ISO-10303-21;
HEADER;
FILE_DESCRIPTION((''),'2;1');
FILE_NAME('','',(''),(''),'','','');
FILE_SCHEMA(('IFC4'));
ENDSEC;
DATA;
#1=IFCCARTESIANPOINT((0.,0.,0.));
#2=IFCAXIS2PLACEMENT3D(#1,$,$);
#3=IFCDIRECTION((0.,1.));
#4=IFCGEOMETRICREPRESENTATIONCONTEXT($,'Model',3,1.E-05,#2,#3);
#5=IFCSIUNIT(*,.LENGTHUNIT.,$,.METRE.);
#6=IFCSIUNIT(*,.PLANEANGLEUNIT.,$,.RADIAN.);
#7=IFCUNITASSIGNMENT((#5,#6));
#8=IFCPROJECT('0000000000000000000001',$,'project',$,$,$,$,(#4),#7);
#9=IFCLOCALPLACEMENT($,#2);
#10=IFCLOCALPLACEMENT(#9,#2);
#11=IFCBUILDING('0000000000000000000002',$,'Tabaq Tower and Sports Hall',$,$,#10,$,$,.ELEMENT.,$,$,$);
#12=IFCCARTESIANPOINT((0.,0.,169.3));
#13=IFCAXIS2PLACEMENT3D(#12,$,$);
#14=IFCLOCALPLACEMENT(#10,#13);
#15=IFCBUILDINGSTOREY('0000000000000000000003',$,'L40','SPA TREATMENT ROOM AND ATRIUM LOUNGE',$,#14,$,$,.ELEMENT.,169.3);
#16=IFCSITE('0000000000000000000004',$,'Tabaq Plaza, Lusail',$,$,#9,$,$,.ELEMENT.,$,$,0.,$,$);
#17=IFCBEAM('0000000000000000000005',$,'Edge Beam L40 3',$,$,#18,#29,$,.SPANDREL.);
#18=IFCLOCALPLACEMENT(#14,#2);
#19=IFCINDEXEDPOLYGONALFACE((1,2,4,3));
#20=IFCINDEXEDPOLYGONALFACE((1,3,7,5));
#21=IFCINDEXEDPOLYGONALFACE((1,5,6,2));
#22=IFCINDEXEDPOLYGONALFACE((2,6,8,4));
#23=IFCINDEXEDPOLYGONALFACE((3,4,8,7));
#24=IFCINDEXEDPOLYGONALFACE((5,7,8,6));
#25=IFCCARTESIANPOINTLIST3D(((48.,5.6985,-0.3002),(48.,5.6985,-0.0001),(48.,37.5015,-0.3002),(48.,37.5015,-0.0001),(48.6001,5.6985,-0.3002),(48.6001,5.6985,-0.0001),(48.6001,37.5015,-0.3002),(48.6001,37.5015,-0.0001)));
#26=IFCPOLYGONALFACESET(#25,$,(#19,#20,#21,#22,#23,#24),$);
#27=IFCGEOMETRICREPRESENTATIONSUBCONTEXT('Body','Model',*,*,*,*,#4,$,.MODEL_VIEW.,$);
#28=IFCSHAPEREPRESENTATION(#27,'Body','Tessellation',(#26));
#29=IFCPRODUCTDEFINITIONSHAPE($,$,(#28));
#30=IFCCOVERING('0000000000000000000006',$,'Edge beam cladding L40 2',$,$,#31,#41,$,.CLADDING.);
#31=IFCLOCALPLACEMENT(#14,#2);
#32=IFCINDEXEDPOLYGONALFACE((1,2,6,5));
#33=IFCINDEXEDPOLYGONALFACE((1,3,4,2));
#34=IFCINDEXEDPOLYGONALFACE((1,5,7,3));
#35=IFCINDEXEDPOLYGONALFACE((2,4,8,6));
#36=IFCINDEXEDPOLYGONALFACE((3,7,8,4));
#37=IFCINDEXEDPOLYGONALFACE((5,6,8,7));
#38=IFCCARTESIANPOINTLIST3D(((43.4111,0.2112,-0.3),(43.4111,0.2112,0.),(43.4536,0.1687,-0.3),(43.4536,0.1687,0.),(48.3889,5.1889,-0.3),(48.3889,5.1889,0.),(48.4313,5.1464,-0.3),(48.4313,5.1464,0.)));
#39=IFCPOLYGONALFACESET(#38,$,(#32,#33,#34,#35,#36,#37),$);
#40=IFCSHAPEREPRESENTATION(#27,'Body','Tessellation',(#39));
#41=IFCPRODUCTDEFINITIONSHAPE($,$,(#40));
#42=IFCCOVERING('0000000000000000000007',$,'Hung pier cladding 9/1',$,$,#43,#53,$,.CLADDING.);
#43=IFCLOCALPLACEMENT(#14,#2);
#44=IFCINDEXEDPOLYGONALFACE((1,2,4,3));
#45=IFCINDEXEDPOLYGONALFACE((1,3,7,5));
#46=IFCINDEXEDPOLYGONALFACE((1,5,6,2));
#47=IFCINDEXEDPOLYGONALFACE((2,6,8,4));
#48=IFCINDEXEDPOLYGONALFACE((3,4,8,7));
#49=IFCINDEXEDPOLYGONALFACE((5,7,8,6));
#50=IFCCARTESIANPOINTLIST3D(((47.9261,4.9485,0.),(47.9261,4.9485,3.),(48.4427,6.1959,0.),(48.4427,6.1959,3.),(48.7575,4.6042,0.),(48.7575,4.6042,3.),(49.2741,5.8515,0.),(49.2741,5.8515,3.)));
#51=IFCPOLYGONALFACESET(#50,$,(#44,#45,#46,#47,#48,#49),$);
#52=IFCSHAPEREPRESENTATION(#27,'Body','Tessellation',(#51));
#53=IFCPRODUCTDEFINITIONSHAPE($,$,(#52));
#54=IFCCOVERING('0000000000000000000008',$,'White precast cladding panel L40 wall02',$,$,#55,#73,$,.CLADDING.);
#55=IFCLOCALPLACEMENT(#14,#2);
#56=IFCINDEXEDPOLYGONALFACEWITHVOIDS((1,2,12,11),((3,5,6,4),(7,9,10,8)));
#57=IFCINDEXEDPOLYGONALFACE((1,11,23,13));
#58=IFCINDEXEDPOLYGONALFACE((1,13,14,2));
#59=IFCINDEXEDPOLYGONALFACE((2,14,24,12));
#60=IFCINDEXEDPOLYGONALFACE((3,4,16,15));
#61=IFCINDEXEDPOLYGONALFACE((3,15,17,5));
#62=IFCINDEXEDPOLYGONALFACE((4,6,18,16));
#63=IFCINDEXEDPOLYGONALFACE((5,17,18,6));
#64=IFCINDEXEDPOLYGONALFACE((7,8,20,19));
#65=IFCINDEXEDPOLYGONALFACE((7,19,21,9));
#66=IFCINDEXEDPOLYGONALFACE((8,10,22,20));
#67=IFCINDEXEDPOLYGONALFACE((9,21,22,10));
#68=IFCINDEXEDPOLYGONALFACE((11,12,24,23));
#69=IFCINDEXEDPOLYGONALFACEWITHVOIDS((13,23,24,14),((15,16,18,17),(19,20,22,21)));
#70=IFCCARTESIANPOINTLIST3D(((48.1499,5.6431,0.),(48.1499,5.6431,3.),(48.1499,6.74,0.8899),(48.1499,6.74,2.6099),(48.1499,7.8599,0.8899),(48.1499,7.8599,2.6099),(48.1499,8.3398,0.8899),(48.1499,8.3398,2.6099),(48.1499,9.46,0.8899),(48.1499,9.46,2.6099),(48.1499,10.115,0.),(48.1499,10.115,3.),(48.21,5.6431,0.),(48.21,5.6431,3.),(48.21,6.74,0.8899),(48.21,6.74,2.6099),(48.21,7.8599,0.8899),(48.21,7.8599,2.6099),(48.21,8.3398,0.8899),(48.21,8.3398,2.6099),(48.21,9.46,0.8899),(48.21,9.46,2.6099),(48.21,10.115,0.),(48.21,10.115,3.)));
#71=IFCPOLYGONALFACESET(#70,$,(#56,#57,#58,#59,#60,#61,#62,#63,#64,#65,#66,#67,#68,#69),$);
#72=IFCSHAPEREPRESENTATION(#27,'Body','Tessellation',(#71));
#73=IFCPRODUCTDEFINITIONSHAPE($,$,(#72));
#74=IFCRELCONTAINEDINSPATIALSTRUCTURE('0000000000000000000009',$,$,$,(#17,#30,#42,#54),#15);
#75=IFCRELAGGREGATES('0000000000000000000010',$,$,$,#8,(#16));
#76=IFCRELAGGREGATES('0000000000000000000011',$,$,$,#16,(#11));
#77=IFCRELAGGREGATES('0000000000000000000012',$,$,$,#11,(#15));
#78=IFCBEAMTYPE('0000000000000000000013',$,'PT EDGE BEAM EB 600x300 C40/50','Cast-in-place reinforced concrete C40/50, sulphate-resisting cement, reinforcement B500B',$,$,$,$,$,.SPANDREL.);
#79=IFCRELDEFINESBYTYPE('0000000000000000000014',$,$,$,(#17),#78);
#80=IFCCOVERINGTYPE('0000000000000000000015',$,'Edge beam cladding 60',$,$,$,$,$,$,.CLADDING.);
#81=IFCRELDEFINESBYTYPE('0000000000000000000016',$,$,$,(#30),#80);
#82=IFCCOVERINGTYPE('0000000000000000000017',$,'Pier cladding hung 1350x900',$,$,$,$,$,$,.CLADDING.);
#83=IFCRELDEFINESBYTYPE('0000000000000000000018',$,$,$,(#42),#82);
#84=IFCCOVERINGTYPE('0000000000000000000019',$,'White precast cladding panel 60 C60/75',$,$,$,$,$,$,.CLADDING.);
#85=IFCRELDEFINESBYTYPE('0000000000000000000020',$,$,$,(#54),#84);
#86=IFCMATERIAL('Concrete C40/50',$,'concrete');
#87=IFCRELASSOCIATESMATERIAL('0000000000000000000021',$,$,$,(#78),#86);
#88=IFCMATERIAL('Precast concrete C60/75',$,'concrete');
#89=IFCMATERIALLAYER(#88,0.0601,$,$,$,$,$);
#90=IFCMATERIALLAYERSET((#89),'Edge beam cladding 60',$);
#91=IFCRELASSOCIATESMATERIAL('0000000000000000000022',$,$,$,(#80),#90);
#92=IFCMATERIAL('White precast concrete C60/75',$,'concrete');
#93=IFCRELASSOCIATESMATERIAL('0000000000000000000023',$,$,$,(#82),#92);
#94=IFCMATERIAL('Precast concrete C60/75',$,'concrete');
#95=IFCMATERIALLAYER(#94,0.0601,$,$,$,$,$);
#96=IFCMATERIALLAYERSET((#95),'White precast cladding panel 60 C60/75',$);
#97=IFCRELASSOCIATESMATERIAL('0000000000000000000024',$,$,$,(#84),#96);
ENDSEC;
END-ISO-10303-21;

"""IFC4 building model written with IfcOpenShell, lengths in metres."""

from ifc_helpers import new_model, si_unit, direction, frame, frame_2d, origin, origin_2d, place, context, subcontext, project, spatial, polyline, rectangle, outline, extrude, material, layer, layer_set, material_profile, profile_set, type_object, element, save


model = new_model("IFC4")

# Units and contexts
model_context = context("Model", 3, precision=1e-05, world=origin(), true_north=direction((0.0, 1.0)))
body_context = subcontext(model_context, "Body", "Model", "MODEL_VIEW")
ifc_project = project(units=[si_unit("LENGTHUNIT", "METRE"), si_unit("PLANEANGLEUNIT", "RADIAN")], contexts=[model_context])

# Site, building, storey
site_placement = place(None, origin())
site = spatial("IfcSite", under=ifc_project, at=site_placement, Name="Tabaq Plaza, Lusail", CompositionType="ELEMENT", RefElevation=0.0)
building_placement = place(site_placement, origin())
building = spatial("IfcBuilding", under=site, at=building_placement, Name="Tabaq Tower and Sports Hall", CompositionType="ELEMENT")
storey_placement = place(building_placement, frame((0.0, 0.0, 169.3)))
storey = spatial("IfcBuildingStorey", under=building, at=storey_placement, Name="L40", Description="SPA TREATMENT ROOM AND ATRIUM LOUNGE", CompositionType="ELEMENT", Elevation=169.3)

# Beam
ifc_material_1 = material(Name="Concrete C40/50", Category="concrete")
ifc_material_profile = material_profile(ifc_material_1, rectangle(XDim=0.6001, YDim=0.3, at=origin_2d()), Name="EB 600x300")
ifc_profile_set = profile_set([ifc_material_profile], Name="Concrete C40/50")
beam_type = type_object("IfcBeamType", Name="PT EDGE BEAM EB 600x300 C40/50", Description="Cast-in-place reinforced concrete C40/50, sulphate-resisting cement, reinforcement B500B", PredefinedType="SPANDREL", material=ifc_profile_set)
beam_placement = place(storey_placement, frame((48.3, 5.6985, -0.1501), z_axis=(0.0, 1.0, 0.0), x_axis=(-1.0, 0.0, 0.0)))
element("IfcBeam", 1, at=beam_placement, inside=storey, type_object=beam_type, Name="Edge Beam L40 3", PredefinedType="SPANDREL", context=body_context, shape_type="SweptSolid", body=[
    extrude(rectangle(XDim=0.6001, YDim=0.3, at=origin_2d()), origin(), (0.0, 0.0, 1.0), 31.803),
])

# Coverings
ifc_material_2 = material(Name="Precast concrete C60/75", Category="concrete")
ifc_layer_1 = layer(ifc_material_2, 0.0601)
ifc_layer_set_1 = layer_set([ifc_layer_1], Name="Edge beam cladding 60")
covering_type_1 = type_object("IfcCoveringType", Name="Edge beam cladding 60", PredefinedType="CLADDING", material=ifc_layer_set_1)
covering_1_placement = place(storey_placement, frame((43.4324, 0.1899, -0.3), z_axis=(0.0, 0.0, 1.0), x_axis=(0.707107, 0.707107, 0.0)))
element("IfcCovering", 2, at=covering_1_placement, inside=storey, type_object=covering_type_1, Name="Edge beam cladding L40 2", PredefinedType="CLADDING", context=body_context, shape_type="SweptSolid", body=[
    extrude(rectangle(XDim=7.0396, YDim=0.0601, at=frame_2d((3.5198, 0.0))), origin(), (0.0, 0.0, 1.0), 0.3),
])
ifc_material_3 = material(Name="White precast concrete C60/75", Category="concrete")
covering_type_2 = type_object("IfcCoveringType", Name="Pier cladding hung 1350x900", PredefinedType="CLADDING", material=ifc_material_3)
covering_2_placement = place(storey_placement, frame((48.3418, 4.7764, 0.0), z_axis=(0.0, 0.0, 1.0), x_axis=(0.38265, 0.923893, 0.0)))
element("IfcCovering", 3, at=covering_2_placement, inside=storey, type_object=covering_type_2, Name="Hung pier cladding 9/1", PredefinedType="CLADDING", context=body_context, shape_type="SweptSolid", body=[
    extrude(rectangle(XDim=1.3501, YDim=0.8999, at=frame_2d((0.675, 0.0))), origin(), (0.0, 0.0, 1.0), 3.0),
])
ifc_material_4 = material(Name="Precast concrete C60/75", Category="concrete")
ifc_layer_2 = layer(ifc_material_4, 0.0601)
ifc_layer_set_2 = layer_set([ifc_layer_2], Name="White precast cladding panel 60 C60/75")
covering_type_3 = type_object("IfcCoveringType", Name="White precast cladding panel 60 C60/75", PredefinedType="CLADDING", material=ifc_layer_set_2)
covering_3_placement = place(storey_placement, frame((48.1799, 5.6431, 0.0), z_axis=(0.0, 0.0, 1.0), x_axis=(0.0, 1.0, 0.0)))
element("IfcCovering", 4, at=covering_3_placement, inside=storey, type_object=covering_type_3, Name="White precast cladding panel L40 wall02", PredefinedType="CLADDING", context=body_context, shape_type="SweptSolid", body=[
    extrude(outline(polyline([(0.0, 0.0), (4.4719, 0.0), (4.4719, 3.0), (0.0, 3.0), (0.0, 0.0)]), holes=[polyline([(1.0969, 2.6099), (2.2168, 2.6099), (2.2168, 0.8899), (1.0969, 0.8899), (1.0969, 2.6099)]), polyline([(2.6968, 2.6099), (3.8169, 2.6099), (3.8169, 0.8899), (2.6968, 0.8899), (2.6968, 2.6099)])]), frame((0.0, 0.03, 0.0), z_axis=(0.0, -1.0, 0.0), x_axis=(1.0, 0.0, 0.0)), (0.0, 0.0, 1.0), 0.0601),
])

save(model, "model.ifc")
